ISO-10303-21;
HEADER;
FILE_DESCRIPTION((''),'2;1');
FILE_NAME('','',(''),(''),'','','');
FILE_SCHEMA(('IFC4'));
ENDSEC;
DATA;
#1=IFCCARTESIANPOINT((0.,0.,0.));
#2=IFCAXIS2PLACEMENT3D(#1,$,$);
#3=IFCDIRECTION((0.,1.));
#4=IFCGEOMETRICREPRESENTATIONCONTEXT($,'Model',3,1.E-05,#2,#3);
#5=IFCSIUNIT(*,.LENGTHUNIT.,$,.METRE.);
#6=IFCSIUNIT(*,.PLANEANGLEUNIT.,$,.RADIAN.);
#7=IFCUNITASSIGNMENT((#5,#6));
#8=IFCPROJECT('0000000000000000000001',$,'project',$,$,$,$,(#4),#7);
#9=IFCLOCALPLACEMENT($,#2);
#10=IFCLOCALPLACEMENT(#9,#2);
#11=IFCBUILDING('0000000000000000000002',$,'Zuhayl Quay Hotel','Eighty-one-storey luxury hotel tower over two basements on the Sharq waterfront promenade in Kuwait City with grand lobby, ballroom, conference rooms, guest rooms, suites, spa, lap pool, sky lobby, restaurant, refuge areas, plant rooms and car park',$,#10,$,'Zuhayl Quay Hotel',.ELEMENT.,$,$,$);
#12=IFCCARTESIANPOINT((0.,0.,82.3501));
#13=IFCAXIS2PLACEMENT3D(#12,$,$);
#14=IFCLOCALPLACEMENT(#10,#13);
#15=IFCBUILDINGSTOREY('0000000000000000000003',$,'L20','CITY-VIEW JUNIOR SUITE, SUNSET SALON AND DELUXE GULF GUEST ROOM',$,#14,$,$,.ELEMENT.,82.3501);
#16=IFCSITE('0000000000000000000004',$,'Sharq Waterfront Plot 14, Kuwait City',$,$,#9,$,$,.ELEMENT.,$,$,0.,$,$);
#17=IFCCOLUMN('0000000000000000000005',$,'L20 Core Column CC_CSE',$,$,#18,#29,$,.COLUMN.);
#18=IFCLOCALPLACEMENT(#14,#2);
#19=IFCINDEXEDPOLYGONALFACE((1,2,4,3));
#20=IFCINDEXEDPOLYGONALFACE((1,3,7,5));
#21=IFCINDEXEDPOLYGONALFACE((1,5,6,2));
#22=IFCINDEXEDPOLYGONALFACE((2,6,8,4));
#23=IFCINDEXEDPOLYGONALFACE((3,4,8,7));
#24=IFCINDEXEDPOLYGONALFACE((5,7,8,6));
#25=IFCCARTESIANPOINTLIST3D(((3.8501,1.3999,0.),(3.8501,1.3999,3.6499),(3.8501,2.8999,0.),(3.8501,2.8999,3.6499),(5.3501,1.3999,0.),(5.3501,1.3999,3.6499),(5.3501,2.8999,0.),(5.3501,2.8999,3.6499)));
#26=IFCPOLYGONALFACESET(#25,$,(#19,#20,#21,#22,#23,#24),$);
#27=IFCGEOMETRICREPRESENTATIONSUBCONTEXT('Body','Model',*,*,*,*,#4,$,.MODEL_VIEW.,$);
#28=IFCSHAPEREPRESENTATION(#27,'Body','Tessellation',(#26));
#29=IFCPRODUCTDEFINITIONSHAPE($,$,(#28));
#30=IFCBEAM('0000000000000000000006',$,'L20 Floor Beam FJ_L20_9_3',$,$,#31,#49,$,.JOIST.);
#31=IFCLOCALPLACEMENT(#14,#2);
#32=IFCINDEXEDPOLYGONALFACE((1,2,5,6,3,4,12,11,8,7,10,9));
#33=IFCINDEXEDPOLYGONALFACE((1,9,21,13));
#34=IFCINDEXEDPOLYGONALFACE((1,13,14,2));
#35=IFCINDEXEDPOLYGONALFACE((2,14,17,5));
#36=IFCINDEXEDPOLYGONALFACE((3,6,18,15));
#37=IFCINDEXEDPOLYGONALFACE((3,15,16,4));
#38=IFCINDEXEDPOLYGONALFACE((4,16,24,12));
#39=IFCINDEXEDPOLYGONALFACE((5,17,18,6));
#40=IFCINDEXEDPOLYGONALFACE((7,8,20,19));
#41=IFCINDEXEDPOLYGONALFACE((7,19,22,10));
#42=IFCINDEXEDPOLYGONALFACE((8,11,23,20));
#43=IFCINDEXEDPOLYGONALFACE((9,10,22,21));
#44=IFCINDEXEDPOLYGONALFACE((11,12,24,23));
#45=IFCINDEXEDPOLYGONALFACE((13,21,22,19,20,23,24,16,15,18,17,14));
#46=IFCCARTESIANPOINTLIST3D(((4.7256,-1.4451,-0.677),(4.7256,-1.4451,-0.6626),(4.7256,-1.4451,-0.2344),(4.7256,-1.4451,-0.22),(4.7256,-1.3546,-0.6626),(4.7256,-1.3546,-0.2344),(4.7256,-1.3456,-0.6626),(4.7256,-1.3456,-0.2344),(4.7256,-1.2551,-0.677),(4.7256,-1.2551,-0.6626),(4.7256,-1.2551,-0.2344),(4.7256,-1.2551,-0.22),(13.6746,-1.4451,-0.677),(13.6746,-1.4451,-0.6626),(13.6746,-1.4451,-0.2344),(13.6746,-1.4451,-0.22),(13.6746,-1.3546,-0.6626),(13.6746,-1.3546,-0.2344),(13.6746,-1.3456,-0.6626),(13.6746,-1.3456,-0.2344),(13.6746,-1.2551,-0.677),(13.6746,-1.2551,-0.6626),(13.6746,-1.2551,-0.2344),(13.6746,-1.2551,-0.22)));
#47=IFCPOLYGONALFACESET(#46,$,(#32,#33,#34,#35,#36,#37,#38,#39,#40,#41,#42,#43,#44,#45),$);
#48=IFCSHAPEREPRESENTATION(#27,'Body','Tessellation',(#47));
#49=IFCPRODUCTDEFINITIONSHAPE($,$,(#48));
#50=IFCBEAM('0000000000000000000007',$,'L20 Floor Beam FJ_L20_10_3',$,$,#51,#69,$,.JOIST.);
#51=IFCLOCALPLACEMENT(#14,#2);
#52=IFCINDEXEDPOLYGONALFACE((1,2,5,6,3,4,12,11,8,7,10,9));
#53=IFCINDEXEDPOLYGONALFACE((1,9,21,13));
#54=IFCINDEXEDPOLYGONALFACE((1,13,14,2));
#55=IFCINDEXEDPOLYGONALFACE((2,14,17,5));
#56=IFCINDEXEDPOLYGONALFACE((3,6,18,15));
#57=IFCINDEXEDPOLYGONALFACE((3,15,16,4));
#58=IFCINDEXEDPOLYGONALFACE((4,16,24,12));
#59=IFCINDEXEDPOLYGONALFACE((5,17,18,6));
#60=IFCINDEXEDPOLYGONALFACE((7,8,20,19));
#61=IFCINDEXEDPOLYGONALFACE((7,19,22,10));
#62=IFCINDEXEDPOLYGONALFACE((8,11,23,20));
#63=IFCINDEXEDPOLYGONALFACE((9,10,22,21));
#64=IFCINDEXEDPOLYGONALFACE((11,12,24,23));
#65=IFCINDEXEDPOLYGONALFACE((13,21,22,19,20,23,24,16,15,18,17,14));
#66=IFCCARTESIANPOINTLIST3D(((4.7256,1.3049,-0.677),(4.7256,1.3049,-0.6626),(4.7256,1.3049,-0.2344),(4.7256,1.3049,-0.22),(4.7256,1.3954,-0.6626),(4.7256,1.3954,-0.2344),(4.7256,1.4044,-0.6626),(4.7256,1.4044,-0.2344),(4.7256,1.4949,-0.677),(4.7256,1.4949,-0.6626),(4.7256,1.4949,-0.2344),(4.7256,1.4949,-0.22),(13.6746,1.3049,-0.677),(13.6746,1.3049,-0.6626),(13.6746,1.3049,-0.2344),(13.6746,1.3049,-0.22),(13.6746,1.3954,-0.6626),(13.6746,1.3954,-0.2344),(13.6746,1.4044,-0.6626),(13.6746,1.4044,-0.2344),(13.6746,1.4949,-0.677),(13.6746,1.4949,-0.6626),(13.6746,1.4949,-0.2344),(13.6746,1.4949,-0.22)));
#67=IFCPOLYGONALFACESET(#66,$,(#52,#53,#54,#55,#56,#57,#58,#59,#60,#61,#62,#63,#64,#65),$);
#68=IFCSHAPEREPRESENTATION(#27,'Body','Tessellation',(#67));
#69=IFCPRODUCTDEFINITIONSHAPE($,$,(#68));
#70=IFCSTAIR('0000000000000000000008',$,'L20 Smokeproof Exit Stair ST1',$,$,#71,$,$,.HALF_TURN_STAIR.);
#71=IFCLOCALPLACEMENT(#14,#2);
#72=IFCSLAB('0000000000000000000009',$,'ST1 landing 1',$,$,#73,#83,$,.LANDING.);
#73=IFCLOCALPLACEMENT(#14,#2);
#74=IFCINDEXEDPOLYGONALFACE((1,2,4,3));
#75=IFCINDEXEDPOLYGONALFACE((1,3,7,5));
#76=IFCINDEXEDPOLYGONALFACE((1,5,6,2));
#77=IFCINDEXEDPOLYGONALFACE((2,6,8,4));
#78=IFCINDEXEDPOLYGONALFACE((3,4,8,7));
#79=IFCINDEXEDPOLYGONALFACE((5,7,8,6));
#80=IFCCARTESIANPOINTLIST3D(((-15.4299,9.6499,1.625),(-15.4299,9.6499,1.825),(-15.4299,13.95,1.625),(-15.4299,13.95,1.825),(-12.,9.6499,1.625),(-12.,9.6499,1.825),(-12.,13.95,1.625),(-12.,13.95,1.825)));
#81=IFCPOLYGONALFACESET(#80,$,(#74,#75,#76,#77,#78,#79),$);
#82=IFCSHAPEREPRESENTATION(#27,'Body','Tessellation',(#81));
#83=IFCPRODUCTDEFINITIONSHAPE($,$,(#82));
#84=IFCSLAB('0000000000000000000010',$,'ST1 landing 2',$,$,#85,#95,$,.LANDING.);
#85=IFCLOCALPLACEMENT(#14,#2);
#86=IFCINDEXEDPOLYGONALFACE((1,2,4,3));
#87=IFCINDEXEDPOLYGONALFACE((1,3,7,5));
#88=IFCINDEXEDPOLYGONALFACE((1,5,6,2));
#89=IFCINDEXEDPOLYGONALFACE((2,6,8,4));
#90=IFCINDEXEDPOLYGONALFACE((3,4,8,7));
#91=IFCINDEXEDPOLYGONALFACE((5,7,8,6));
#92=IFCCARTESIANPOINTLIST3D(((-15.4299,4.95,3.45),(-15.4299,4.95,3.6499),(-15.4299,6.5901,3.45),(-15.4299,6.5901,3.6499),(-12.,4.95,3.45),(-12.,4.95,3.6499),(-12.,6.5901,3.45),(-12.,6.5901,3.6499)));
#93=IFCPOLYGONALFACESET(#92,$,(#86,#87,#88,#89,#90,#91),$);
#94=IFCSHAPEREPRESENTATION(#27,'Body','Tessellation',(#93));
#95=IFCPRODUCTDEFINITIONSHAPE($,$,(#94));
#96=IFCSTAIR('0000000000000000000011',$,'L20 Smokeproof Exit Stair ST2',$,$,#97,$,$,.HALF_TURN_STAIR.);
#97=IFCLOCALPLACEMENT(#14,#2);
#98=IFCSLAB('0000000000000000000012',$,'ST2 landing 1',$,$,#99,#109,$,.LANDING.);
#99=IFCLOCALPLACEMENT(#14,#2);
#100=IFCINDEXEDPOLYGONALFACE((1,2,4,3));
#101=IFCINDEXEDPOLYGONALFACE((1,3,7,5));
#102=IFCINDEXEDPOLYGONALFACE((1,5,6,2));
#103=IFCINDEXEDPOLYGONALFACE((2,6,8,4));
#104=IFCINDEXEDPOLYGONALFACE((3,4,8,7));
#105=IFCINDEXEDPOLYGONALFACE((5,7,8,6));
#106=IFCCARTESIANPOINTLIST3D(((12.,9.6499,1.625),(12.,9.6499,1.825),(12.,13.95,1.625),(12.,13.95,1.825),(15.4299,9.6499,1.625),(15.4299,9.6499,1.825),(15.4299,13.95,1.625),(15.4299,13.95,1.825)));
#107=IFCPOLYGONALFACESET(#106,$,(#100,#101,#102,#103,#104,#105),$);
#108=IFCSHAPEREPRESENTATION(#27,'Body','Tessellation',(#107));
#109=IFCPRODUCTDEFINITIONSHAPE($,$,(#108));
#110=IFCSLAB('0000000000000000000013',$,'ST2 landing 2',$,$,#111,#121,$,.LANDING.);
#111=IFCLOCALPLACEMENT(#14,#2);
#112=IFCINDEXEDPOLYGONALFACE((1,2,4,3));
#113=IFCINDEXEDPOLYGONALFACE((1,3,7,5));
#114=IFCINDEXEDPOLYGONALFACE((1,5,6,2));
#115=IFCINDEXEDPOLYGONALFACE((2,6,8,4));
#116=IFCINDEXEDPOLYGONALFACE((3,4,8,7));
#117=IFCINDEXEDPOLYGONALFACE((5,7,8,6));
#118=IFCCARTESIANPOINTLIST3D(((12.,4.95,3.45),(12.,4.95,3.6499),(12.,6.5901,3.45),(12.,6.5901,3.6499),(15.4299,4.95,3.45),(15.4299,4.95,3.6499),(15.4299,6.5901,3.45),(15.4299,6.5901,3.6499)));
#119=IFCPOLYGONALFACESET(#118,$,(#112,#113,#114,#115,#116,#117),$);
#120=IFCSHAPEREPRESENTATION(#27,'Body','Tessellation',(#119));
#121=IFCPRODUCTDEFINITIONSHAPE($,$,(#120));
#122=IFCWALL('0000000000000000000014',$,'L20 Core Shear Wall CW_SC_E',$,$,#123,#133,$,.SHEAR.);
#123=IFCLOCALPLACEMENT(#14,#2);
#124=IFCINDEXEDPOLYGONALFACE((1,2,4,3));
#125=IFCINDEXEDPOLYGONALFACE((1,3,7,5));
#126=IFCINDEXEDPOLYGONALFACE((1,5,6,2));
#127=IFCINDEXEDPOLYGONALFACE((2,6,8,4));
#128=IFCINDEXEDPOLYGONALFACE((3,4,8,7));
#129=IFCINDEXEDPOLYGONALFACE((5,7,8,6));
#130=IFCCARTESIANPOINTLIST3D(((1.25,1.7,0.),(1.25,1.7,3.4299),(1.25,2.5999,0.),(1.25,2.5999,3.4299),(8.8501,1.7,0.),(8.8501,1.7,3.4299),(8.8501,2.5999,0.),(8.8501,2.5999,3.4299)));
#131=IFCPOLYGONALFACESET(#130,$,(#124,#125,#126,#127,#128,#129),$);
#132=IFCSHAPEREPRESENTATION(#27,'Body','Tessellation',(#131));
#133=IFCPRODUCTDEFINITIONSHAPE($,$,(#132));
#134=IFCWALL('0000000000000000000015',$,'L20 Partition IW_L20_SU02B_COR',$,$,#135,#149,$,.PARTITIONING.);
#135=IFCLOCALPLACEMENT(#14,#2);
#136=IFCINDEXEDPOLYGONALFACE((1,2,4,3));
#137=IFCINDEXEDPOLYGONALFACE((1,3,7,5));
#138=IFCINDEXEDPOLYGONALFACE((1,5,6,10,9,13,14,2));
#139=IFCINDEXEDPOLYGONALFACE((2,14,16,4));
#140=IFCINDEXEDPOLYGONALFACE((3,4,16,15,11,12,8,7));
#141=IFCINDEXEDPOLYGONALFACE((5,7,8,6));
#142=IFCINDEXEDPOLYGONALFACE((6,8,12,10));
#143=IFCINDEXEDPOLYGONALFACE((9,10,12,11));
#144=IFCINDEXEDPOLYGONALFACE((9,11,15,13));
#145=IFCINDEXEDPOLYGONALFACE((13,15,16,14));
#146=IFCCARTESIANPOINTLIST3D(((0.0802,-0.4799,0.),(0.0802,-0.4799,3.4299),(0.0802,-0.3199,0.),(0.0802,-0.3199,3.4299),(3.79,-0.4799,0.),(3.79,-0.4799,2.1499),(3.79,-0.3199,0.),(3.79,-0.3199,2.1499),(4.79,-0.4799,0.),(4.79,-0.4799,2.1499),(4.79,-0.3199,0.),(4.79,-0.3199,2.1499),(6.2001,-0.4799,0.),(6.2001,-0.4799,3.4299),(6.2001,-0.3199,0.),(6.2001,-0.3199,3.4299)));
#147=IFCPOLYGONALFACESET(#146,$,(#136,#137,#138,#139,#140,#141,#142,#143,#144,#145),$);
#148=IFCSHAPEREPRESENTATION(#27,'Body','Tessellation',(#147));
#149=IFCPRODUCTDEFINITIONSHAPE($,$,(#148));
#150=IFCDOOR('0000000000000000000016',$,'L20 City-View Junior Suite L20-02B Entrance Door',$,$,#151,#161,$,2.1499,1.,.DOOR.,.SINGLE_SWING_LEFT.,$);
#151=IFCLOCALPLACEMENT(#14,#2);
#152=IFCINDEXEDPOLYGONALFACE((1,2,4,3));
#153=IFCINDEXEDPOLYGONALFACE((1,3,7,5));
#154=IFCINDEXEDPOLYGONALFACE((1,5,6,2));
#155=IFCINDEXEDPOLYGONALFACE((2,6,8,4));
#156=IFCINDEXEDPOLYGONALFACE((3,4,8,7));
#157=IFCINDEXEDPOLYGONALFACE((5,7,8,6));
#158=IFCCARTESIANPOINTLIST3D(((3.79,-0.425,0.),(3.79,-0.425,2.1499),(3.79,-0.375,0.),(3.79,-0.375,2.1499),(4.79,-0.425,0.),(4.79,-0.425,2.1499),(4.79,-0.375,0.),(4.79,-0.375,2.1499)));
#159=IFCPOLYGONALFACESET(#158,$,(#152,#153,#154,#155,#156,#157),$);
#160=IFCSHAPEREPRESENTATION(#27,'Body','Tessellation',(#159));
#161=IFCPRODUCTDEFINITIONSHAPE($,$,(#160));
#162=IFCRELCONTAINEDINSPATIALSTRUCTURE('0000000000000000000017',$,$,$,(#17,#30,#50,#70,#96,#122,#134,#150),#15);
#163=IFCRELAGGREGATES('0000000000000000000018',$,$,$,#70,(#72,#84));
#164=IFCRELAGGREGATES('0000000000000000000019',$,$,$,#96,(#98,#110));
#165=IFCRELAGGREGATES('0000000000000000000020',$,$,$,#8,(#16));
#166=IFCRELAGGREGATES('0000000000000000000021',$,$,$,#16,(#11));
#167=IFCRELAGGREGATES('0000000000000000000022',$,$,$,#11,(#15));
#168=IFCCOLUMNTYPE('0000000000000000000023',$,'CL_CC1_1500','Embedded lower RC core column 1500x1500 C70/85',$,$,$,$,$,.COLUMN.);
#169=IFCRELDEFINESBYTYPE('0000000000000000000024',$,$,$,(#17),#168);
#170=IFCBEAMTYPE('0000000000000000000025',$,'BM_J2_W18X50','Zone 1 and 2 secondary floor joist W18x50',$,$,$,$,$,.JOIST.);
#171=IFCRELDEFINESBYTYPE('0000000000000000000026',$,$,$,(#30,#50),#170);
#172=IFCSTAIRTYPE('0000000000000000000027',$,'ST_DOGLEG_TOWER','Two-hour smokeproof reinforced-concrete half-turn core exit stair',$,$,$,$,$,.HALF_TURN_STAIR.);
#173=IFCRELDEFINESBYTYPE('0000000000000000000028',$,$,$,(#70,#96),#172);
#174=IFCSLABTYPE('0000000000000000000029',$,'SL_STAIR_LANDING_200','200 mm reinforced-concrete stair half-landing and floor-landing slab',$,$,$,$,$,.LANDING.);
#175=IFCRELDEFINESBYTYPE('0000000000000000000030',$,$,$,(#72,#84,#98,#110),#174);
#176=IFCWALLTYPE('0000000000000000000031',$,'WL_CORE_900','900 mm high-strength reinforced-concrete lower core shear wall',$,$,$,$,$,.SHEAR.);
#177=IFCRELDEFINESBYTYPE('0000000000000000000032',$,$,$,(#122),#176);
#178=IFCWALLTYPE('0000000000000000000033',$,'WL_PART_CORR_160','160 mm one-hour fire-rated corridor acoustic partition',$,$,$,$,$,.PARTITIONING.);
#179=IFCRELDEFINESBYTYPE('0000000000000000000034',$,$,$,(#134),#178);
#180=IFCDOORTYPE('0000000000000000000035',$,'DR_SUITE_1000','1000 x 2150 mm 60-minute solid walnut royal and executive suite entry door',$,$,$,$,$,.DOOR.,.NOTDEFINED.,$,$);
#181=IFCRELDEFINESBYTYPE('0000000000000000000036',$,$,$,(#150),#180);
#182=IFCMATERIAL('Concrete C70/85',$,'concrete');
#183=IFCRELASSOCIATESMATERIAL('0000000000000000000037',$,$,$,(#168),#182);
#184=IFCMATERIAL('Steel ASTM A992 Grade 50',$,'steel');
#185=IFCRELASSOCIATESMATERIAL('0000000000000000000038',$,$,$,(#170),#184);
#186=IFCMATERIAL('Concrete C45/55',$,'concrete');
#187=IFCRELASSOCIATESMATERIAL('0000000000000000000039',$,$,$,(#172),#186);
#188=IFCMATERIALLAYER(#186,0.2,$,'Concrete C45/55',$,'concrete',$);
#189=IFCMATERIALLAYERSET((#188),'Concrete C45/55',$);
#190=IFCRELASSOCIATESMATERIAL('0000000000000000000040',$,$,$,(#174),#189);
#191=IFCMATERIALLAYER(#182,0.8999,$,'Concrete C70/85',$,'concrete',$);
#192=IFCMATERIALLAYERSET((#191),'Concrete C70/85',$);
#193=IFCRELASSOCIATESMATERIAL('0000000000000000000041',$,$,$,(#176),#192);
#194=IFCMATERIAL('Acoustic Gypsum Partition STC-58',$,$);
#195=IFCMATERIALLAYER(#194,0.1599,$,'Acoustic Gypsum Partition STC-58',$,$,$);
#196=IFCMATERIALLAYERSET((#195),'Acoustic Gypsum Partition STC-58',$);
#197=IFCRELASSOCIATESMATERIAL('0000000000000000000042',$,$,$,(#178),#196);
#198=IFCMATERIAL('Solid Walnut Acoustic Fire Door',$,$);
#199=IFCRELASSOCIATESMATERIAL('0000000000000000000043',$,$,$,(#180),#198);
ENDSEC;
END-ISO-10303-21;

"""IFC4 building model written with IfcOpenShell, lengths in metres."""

from ifc_helpers import new_model, si_unit, direction, frame, frame_2d, origin, origin_2d, place, context, subcontext, project, spatial, polyline, rectangle, i_section, outline, extrude, material, layer, layer_set, material_profile, profile_set, type_object, element, fill, aggregate, save


model = new_model("IFC4")

# Units and contexts
model_context = context("Model", 3, precision=1e-05, world=origin(), true_north=direction((0.0, 1.0)))
body_context = subcontext(model_context, "Body", "Model", "MODEL_VIEW")
ifc_project = project(units=[si_unit("LENGTHUNIT", "METRE"), si_unit("PLANEANGLEUNIT", "RADIAN")], contexts=[model_context])

# Site, building, storey
site_placement = place(None, origin())
site = spatial("IfcSite", under=ifc_project, at=site_placement, Name="Sharq Waterfront Plot 14, Kuwait City", CompositionType="ELEMENT", RefElevation=0.0)
building_placement = place(site_placement, origin())
building = spatial("IfcBuilding", under=site, at=building_placement, Name="Zuhayl Quay Hotel", Description="Eighty-one-storey luxury hotel tower over two basements on the Sharq waterfront promenade in Kuwait City with grand lobby, ballroom, conference rooms, guest rooms, suites, spa, lap pool, sky lobby, restaurant, refuge areas, plant rooms and car park", LongName="Zuhayl Quay Hotel", CompositionType="ELEMENT")
storey_placement = place(building_placement, frame((0.0, 0.0, 82.3501)))
storey = spatial("IfcBuildingStorey", under=building, at=storey_placement, Name="L20", Description="CITY-VIEW JUNIOR SUITE, SUNSET SALON AND DELUXE GULF GUEST ROOM", CompositionType="ELEMENT", Elevation=82.3501)

# Column
ifc_material_1 = material(Name="Concrete C70/85", Category="concrete")
ifc_material_profile_1 = material_profile(ifc_material_1, rectangle(XDim=1.5, YDim=1.5, at=origin_2d()), Name="RC1500X1500")
ifc_profile_set_1 = profile_set([ifc_material_profile_1], Name="Concrete C70/85")
column_type = type_object("IfcColumnType", Name="CL_CC1_1500", Description="Embedded lower RC core column 1500x1500 C70/85", PredefinedType="COLUMN", material=ifc_profile_set_1)
column_placement = place(storey_placement, frame((4.6001, 2.1499, 0.0), z_axis=(0.0, 0.0, 1.0), x_axis=(1.0, 0.0, 0.0)))
element("IfcColumn", 1, at=column_placement, inside=storey, type_object=column_type, Name="L20 Core Column CC_CSE", PredefinedType="COLUMN", context=body_context, shape_type="SweptSolid", body=[
    extrude(rectangle(XDim=1.5, YDim=1.5, at=origin_2d()), origin(), (0.0, 0.0, 1.0), 3.6499),
])

# Beams
ifc_material_2 = material(Name="Steel ASTM A992 Grade 50", Category="steel")
ifc_material_profile_2 = material_profile(ifc_material_2, i_section(OverallWidth=0.1899, OverallDepth=0.457, WebThickness=0.009, FlangeThickness=0.0144, at=origin_2d()), Name="W18X50")
ifc_profile_set_2 = profile_set([ifc_material_profile_2], Name="Steel ASTM A992 Grade 50")
beam_type = type_object("IfcBeamType", Name="BM_J2_W18X50", Description="Zone 1 and 2 secondary floor joist W18x50", PredefinedType="JOIST", material=ifc_profile_set_2)
for number, where, z_axis, x_axis, name in (
    (2, (4.7256, -1.3501, -0.4485), (1.0, 0.0, 0.0), (0.0, 1.0, 0.0), "L20 Floor Beam FJ_L20_9_3"),
    (3, (4.7256, 1.3999, -0.4485), (1.0, 0.0, 0.0), (0.0, 1.0, 0.0), "L20 Floor Beam FJ_L20_10_3"),
):
    element("IfcBeam", number, at=place(storey_placement, frame(where, z_axis=z_axis, x_axis=x_axis)), inside=storey, type_object=beam_type, Name=name, PredefinedType="JOIST", context=body_context, shape_type="SweptSolid", body=[
        extrude(i_section(OverallWidth=0.1899, OverallDepth=0.457, WebThickness=0.009, FlangeThickness=0.0144, at=origin_2d()), origin(), (0.0, 0.0, 1.0), 8.949),
    ])

# Stairs, slabs
ifc_material_3 = material(Name="Concrete C45/55", Category="concrete")
stair_type = type_object("IfcStairType", Name="ST_DOGLEG_TOWER", Description="Two-hour smokeproof reinforced-concrete half-turn core exit stair", PredefinedType="HALF_TURN_STAIR", material=ifc_material_3)
stair_1_placement = place(storey_placement, origin())
stair_1 = element("IfcStair", 4, at=stair_1_placement, inside=storey, type_object=stair_type, Name="L20 Smokeproof Exit Stair ST1", PredefinedType="HALF_TURN_STAIR")
ifc_layer_1 = layer(ifc_material_3, 0.2, Name="Concrete C45/55", Category="concrete")
ifc_layer_set_1 = layer_set([ifc_layer_1], Name="Concrete C45/55")
slab_type = type_object("IfcSlabType", Name="SL_STAIR_LANDING_200", Description="200 mm reinforced-concrete stair half-landing and floor-landing slab", PredefinedType="LANDING", material=ifc_layer_set_1)
slab_1_placement = place(storey_placement, frame((0.0, 0.0, 1.625)))
slab_1 = element("IfcSlab", 5, at=slab_1_placement, type_object=slab_type, Name="ST1 landing 1", PredefinedType="LANDING", context=body_context, shape_type="SweptSolid", body=[
    extrude(outline(polyline([(-12.0, 9.6499), (-12.0, 13.95), (-15.4299, 13.95), (-15.4299, 9.6499), (-12.0, 9.6499)])), origin(), (0.0, 0.0, 1.0), 0.2),
])
slab_2_placement = place(storey_placement, frame((0.0, 0.0, 3.45)))
slab_2 = element("IfcSlab", 6, at=slab_2_placement, type_object=slab_type, Name="ST1 landing 2", PredefinedType="LANDING", context=body_context, shape_type="SweptSolid", body=[
    extrude(outline(polyline([(-12.0, 4.95), (-12.0, 6.5901), (-15.4299, 6.5901), (-15.4299, 4.95), (-12.0, 4.95)])), origin(), (0.0, 0.0, 1.0), 0.2),
])
aggregate(stair_1, [slab_1, slab_2])
stair_2_placement = place(storey_placement, origin())
stair_2 = element("IfcStair", 7, at=stair_2_placement, inside=storey, type_object=stair_type, Name="L20 Smokeproof Exit Stair ST2", PredefinedType="HALF_TURN_STAIR")
slab_3_placement = place(storey_placement, frame((0.0, 0.0, 1.625)))
slab_3 = element("IfcSlab", 8, at=slab_3_placement, type_object=slab_type, Name="ST2 landing 1", PredefinedType="LANDING", context=body_context, shape_type="SweptSolid", body=[
    extrude(outline(polyline([(15.4299, 9.6499), (15.4299, 13.95), (12.0, 13.95), (12.0, 9.6499), (15.4299, 9.6499)])), origin(), (0.0, 0.0, 1.0), 0.2),
])
slab_4_placement = place(storey_placement, frame((0.0, 0.0, 3.45)))
slab_4 = element("IfcSlab", 9, at=slab_4_placement, type_object=slab_type, Name="ST2 landing 2", PredefinedType="LANDING", context=body_context, shape_type="SweptSolid", body=[
    extrude(outline(polyline([(15.4299, 4.95), (15.4299, 6.5901), (12.0, 6.5901), (12.0, 4.95), (15.4299, 4.95)])), origin(), (0.0, 0.0, 1.0), 0.2),
])
aggregate(stair_2, [slab_3, slab_4])

# Wall
ifc_layer_2 = layer(ifc_material_1, 0.8999, Name="Concrete C70/85", Category="concrete")
ifc_layer_set_2 = layer_set([ifc_layer_2], Name="Concrete C70/85")
wall_type_1 = type_object("IfcWallType", Name="WL_CORE_900", Description="900 mm high-strength reinforced-concrete lower core shear wall", PredefinedType="SHEAR", material=ifc_layer_set_2)
wall_1_placement = place(storey_placement, frame((1.25, 2.1499, 0.0), z_axis=(0.0, 0.0, 1.0), x_axis=(1.0, 0.0, 0.0)))
element("IfcWall", 10, at=wall_1_placement, inside=storey, type_object=wall_type_1, Name="L20 Core Shear Wall CW_SC_E", PredefinedType="SHEAR", context=body_context, shape_type="SweptSolid", body=[
    extrude(rectangle(XDim=7.6001, YDim=0.8999, at=frame_2d((3.8, 0.0))), origin(), (0.0, 0.0, 1.0), 3.4299),
])

# Wall, opening, door
ifc_material_4 = material(Name="Acoustic Gypsum Partition STC-58")
ifc_layer_3 = layer(ifc_material_4, 0.1599, Name="Acoustic Gypsum Partition STC-58")
ifc_layer_set_3 = layer_set([ifc_layer_3], Name="Acoustic Gypsum Partition STC-58")
wall_type_2 = type_object("IfcWallType", Name="WL_PART_CORR_160", Description="160 mm one-hour fire-rated corridor acoustic partition", PredefinedType="PARTITIONING", material=ifc_layer_set_3)
wall_2_placement = place(storey_placement, frame((0.0801, -0.3999, 0.0), z_axis=(0.0, 0.0, 1.0), x_axis=(1.0, 0.0, 0.0)))
wall_2 = element("IfcWall", 11, at=wall_2_placement, inside=storey, type_object=wall_type_2, Name="L20 Partition IW_L20_SU02B_COR", PredefinedType="PARTITIONING", context=body_context, shape_type="SweptSolid", body=[
    extrude(rectangle(XDim=6.1199, YDim=0.1599, at=frame_2d((3.0601, 0.0))), origin(), (0.0, 0.0, 1.0), 3.4299),
])
opening_1_placement = place(wall_2_placement, frame((3.71, 0.0, 0.0)))
opening_1 = element("IfcOpeningElement", 12, at=opening_1_placement, cuts=wall_2, PredefinedType="OPENING", context=body_context, shape_type="SweptSolid", body=[
    extrude(rectangle(XDim=1.0, YDim=2.1499, at=frame_2d((0.5, 1.075))), frame((0.0, 0.0898, 0.0), z_axis=(0.0, -1.0, 0.0), x_axis=(1.0, 0.0, 0.0)), (0.0, 0.0, 1.0), 0.1799),
])
ifc_material_5 = material(Name="Solid Walnut Acoustic Fire Door")
door_type_1 = type_object("IfcDoorType", Name="DR_SUITE_1000", Description="1000 x 2150 mm 60-minute solid walnut royal and executive suite entry door", OperationType="NOTDEFINED", PredefinedType="DOOR", material=ifc_material_5)
door_1_placement = place(opening_1_placement, origin())
door_1 = element("IfcDoor", 13, at=door_1_placement, inside=storey, type_object=door_type_1, Name="L20 City-View Junior Suite L20-02B Entrance Door", OperationType="SINGLE_SWING_LEFT", OverallHeight=2.1499, OverallWidth=1.0, PredefinedType="DOOR", context=body_context, shape_type="SweptSolid", body=[
    extrude(rectangle(XDim=1.0, YDim=2.1499, at=frame_2d((0.5, 1.075))), frame((0.0, 0.0249, 0.0), z_axis=(0.0, -1.0, 0.0), x_axis=(1.0, 0.0, 0.0)), (0.0, 0.0, 1.0), 0.05),
])
fill(opening_1, door_1)

save(model, "model.ifc")
